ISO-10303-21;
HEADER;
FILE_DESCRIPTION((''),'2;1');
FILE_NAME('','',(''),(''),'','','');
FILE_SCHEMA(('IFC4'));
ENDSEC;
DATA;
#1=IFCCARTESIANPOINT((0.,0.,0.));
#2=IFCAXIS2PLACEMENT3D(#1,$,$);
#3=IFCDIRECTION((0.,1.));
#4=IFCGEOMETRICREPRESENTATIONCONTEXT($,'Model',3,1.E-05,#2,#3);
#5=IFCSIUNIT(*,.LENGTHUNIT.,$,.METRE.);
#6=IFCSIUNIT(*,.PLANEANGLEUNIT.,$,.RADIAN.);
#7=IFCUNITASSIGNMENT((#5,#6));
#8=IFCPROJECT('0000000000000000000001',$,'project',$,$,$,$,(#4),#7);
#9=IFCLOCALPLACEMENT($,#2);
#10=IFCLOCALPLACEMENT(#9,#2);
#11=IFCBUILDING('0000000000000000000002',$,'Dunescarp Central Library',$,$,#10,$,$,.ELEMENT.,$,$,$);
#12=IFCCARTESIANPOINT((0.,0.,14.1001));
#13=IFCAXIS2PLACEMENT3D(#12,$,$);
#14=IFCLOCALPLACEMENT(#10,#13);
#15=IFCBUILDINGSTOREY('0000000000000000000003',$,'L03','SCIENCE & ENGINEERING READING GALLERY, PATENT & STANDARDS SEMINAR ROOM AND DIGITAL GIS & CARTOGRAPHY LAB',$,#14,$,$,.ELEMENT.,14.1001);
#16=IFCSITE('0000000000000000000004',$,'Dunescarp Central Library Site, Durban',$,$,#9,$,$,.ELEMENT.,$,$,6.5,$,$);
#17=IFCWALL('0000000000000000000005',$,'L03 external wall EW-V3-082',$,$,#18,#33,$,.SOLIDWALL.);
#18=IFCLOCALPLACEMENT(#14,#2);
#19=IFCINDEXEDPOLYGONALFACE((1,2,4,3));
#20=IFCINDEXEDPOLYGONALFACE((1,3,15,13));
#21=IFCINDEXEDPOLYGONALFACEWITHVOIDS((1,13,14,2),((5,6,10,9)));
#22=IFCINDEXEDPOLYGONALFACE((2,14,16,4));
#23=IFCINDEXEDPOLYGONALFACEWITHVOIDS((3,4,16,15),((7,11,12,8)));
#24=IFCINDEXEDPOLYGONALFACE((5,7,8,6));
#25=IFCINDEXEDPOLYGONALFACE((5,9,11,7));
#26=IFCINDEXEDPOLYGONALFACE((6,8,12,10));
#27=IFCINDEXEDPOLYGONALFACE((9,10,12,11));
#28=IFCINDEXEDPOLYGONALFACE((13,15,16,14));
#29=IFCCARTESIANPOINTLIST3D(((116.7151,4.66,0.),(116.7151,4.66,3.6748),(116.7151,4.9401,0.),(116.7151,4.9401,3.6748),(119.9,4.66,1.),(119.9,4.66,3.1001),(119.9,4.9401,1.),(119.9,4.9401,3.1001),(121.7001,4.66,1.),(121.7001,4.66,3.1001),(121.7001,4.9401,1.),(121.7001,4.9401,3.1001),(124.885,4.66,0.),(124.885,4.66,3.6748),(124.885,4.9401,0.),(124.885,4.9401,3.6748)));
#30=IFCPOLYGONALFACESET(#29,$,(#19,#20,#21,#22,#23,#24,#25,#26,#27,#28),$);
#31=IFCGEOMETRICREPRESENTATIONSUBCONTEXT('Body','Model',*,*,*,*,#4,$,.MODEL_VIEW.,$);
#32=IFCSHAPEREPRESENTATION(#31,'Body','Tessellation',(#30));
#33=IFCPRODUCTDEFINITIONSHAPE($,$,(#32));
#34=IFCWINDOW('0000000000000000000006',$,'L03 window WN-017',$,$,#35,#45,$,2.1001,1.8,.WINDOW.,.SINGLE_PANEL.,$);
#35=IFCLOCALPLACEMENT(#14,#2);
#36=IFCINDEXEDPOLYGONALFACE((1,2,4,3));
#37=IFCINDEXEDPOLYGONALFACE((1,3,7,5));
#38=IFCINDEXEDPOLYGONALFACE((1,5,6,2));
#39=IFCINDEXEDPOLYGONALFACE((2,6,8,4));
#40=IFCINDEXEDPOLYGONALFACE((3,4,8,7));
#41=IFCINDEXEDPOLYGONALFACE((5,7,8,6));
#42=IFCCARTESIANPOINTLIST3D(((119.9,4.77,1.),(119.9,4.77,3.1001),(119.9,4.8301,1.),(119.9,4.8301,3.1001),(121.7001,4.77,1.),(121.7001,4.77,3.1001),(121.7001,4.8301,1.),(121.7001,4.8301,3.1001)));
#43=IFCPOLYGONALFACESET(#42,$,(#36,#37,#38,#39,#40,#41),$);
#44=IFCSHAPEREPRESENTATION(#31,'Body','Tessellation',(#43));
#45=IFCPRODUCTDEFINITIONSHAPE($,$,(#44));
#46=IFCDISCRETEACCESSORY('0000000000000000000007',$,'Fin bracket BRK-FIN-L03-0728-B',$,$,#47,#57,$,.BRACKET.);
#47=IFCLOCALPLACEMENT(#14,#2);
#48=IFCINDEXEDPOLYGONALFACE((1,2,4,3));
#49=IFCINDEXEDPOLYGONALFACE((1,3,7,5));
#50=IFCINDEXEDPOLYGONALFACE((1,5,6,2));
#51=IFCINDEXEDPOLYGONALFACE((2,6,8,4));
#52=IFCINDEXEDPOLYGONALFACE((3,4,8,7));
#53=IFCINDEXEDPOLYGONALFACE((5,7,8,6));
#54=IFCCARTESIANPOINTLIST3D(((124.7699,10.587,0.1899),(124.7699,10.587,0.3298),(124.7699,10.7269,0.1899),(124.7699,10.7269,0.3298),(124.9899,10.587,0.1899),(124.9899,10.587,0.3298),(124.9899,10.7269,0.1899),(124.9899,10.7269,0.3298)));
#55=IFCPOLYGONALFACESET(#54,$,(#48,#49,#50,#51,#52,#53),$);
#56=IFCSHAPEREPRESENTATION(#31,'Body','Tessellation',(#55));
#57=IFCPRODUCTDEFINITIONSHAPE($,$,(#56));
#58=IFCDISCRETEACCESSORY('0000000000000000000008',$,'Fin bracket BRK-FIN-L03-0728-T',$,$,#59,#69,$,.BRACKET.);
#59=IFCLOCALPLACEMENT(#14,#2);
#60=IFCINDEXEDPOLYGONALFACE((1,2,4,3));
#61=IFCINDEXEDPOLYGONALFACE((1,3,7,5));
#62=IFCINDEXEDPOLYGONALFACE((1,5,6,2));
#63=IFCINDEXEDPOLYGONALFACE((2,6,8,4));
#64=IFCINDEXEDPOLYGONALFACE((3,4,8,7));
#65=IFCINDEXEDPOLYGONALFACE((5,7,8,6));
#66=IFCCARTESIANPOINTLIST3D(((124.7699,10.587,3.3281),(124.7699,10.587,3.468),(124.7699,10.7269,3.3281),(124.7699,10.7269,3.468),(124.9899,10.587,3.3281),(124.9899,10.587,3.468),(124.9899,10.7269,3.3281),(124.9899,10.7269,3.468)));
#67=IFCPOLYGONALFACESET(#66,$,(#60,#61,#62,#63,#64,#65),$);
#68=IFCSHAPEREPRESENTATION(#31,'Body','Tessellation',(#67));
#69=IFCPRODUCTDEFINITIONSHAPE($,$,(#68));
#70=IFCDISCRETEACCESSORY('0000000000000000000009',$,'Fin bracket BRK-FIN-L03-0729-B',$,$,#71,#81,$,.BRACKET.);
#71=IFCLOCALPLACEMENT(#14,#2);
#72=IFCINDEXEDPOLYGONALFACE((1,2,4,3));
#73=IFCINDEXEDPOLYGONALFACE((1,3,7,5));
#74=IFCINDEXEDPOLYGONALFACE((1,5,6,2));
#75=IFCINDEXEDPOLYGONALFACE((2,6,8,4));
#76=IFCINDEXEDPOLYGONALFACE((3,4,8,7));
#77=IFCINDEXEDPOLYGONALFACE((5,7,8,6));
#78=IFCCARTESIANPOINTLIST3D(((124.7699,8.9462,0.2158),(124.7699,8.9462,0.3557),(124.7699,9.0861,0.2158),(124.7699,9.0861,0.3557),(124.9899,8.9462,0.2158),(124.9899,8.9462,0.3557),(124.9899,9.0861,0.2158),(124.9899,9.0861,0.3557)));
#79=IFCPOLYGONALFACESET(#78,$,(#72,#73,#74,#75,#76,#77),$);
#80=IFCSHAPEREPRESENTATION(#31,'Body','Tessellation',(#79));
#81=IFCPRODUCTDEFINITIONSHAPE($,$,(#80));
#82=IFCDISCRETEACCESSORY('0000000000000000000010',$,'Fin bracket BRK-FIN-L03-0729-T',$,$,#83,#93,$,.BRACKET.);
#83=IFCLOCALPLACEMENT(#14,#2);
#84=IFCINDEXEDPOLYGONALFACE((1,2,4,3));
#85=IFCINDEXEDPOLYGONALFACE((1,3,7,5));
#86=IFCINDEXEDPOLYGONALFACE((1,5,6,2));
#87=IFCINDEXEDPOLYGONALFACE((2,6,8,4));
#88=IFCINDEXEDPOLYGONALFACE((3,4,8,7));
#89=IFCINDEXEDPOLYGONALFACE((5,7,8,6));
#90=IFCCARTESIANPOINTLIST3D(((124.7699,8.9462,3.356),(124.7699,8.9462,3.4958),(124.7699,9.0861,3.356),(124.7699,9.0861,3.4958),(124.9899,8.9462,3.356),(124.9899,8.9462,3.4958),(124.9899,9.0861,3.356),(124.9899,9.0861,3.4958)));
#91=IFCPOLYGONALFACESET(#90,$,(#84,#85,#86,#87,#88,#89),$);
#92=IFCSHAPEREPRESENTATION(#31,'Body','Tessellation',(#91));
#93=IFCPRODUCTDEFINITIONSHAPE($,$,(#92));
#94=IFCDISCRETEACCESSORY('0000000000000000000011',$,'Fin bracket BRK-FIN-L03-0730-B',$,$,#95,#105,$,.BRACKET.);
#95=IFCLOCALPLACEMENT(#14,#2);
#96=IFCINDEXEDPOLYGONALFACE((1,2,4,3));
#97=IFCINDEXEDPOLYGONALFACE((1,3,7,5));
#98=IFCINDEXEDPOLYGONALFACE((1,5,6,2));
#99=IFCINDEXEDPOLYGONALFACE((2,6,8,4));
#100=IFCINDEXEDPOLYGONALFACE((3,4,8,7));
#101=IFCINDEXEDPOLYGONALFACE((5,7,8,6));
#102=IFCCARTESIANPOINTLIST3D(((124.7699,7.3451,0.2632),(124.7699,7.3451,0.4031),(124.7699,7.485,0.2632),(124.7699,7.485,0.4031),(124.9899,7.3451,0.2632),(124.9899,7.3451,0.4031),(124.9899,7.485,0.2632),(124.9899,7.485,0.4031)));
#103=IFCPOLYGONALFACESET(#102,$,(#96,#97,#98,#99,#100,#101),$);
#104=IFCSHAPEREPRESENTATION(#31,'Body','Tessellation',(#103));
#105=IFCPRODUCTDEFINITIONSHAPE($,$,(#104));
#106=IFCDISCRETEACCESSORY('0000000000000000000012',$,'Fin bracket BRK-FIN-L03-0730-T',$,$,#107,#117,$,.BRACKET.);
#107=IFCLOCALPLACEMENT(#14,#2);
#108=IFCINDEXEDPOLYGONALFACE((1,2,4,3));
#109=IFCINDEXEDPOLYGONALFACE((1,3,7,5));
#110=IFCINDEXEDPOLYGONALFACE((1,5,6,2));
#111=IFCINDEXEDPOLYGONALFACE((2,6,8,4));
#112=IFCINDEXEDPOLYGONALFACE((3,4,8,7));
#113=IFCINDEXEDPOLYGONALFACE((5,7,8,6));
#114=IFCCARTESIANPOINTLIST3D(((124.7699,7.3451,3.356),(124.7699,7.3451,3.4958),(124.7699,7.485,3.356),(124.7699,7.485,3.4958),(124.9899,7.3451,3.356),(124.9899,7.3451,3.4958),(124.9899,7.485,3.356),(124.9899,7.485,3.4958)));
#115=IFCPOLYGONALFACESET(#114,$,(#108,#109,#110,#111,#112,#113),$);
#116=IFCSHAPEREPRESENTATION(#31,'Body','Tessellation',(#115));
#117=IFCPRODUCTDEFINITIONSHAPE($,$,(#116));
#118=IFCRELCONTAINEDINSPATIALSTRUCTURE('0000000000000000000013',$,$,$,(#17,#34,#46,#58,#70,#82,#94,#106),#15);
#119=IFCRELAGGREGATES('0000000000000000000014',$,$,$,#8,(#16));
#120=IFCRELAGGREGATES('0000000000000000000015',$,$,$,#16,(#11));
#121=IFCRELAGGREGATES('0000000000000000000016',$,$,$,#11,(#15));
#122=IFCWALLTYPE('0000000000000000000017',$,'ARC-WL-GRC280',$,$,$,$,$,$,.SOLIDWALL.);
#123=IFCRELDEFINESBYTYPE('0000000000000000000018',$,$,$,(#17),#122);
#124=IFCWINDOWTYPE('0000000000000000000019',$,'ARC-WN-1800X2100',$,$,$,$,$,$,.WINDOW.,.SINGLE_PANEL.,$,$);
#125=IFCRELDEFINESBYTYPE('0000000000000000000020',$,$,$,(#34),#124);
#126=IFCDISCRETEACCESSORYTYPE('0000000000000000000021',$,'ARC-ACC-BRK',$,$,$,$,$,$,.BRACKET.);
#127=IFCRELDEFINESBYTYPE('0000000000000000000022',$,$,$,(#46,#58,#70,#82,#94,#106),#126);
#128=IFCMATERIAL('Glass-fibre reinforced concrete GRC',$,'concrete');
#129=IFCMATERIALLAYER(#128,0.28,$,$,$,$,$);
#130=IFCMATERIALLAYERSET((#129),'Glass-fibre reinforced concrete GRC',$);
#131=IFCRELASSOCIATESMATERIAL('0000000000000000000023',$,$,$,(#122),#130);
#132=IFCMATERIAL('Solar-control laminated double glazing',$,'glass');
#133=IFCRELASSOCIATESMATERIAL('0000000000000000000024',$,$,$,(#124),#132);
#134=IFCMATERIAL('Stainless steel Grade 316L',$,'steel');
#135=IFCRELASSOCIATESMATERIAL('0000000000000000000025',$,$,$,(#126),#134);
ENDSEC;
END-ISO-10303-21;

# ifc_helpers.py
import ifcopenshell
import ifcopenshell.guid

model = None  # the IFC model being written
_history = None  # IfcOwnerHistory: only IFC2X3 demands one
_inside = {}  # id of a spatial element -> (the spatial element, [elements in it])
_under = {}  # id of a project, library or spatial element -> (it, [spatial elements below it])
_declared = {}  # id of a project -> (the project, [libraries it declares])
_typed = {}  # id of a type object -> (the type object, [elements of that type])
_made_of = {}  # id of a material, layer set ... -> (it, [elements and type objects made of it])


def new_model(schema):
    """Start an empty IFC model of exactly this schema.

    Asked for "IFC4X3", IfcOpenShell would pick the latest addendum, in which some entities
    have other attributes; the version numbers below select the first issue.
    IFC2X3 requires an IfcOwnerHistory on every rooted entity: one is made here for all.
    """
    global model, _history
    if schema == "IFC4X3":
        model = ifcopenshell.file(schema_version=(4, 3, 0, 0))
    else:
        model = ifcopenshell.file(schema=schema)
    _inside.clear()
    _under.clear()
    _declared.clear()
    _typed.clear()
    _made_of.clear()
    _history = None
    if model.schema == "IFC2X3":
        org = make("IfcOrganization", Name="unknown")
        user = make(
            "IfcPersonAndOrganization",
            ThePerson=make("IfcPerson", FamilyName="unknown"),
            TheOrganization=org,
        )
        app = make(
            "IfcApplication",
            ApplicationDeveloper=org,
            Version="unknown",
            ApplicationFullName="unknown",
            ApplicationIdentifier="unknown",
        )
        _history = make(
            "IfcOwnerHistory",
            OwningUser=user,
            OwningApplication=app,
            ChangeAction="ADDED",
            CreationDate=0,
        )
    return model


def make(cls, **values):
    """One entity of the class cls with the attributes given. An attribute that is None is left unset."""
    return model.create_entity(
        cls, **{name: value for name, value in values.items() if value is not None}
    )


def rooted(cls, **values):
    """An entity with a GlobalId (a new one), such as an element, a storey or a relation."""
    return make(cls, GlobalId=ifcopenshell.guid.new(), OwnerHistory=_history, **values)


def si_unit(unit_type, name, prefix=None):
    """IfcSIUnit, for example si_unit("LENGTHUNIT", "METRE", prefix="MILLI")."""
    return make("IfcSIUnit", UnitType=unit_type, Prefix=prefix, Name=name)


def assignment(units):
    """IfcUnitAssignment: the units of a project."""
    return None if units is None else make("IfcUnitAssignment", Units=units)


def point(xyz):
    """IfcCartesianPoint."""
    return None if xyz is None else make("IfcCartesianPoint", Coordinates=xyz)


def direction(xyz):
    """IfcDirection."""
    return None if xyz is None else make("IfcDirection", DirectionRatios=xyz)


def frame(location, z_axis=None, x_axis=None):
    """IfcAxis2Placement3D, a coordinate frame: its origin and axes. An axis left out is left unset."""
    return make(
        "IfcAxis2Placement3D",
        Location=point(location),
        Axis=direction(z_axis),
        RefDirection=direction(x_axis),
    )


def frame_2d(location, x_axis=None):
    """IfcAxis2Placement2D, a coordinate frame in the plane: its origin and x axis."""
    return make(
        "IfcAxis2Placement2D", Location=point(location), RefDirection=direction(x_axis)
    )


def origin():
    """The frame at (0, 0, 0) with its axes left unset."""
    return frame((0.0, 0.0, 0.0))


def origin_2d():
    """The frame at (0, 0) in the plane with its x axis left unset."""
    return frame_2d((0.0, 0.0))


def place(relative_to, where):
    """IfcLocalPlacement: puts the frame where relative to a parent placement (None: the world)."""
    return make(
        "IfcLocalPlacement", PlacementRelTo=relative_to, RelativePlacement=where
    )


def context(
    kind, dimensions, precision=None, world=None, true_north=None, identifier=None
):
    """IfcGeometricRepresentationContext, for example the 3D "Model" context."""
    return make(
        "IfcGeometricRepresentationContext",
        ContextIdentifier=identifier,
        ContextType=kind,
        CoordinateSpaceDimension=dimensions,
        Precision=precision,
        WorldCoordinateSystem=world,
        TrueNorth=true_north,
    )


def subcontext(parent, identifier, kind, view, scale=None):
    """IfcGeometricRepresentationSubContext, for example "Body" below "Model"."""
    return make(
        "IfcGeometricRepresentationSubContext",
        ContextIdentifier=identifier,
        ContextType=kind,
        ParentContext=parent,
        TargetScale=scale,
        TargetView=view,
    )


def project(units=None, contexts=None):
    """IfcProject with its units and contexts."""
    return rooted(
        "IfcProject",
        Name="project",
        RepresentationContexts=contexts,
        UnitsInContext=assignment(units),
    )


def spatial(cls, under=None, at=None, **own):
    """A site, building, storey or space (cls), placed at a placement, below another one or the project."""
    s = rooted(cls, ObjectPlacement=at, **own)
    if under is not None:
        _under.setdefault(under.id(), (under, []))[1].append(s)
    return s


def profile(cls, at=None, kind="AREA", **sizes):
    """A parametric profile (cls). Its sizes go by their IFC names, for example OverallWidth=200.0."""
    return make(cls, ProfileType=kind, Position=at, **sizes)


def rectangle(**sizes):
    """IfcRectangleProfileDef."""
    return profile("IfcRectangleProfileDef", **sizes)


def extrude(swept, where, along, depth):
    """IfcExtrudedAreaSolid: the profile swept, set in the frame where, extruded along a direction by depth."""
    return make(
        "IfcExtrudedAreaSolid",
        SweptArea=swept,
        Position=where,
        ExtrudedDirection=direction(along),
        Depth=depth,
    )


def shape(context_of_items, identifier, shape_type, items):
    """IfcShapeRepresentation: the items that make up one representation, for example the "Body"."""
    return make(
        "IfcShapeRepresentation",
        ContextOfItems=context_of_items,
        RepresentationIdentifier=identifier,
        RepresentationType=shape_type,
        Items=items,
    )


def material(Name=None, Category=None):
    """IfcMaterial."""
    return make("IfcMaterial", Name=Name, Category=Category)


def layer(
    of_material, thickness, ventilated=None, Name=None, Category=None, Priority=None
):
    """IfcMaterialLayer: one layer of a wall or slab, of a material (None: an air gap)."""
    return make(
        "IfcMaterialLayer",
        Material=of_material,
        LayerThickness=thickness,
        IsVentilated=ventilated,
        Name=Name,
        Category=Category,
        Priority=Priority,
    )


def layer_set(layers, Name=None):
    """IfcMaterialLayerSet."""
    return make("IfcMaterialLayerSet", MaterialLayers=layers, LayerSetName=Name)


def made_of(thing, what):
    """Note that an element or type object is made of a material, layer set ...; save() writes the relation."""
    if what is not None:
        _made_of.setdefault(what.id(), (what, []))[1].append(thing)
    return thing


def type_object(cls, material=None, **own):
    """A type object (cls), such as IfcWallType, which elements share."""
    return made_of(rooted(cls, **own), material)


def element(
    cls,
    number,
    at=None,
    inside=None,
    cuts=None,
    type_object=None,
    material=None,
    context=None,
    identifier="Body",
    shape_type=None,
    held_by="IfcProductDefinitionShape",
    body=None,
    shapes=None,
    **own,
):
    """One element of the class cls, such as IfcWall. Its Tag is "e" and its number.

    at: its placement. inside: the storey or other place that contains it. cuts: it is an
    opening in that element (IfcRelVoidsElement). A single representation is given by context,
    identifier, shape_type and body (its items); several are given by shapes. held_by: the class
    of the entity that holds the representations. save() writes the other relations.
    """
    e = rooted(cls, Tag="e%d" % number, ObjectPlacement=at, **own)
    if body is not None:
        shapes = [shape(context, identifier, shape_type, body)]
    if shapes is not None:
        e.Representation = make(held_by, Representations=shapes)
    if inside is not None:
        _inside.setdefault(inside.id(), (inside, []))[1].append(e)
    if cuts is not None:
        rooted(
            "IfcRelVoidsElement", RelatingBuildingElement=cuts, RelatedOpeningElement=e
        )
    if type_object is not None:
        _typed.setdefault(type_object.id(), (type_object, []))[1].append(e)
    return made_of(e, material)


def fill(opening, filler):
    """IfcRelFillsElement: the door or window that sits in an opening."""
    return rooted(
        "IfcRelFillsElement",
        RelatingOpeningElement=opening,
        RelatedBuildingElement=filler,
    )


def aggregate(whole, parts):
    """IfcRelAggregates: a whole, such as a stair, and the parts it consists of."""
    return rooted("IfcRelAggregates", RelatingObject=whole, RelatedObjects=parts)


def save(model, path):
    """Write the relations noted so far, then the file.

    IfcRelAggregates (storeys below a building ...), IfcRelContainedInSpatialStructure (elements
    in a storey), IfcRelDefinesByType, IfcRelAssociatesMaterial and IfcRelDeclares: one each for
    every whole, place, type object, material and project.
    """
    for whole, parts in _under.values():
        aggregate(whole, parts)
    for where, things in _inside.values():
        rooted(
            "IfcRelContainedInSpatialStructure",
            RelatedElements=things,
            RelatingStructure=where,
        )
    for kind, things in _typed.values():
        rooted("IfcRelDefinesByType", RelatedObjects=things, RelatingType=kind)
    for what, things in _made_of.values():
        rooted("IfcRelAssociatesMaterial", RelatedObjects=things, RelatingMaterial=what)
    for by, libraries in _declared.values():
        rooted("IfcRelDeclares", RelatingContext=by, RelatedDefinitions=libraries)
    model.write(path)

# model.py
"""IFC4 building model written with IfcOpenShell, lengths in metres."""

from ifc_helpers import new_model, si_unit, direction, frame, frame_2d, origin, origin_2d, place, context, subcontext, project, spatial, rectangle, extrude, material, layer, layer_set, type_object, element, fill, save


model = new_model("IFC4")

# Units and contexts
model_context = context("Model", 3, precision=1e-05, world=origin(), true_north=direction((0.0, 1.0)))
body_context = subcontext(model_context, "Body", "Model", "MODEL_VIEW")
ifc_project = project(units=[si_unit("LENGTHUNIT", "METRE"), si_unit("PLANEANGLEUNIT", "RADIAN")], contexts=[model_context])

# Site, building, storey
site_placement = place(None, origin())
site = spatial("IfcSite", under=ifc_project, at=site_placement, Name="Dunescarp Central Library Site, Durban", CompositionType="ELEMENT", RefElevation=6.5)
building_placement = place(site_placement, origin())
building = spatial("IfcBuilding", under=site, at=building_placement, Name="Dunescarp Central Library", CompositionType="ELEMENT")
storey_placement = place(building_placement, frame((0.0, 0.0, 14.1001)))
storey = spatial("IfcBuildingStorey", under=building, at=storey_placement, Name="L03", Description="SCIENCE & ENGINEERING READING GALLERY, PATENT & STANDARDS SEMINAR ROOM AND DIGITAL GIS & CARTOGRAPHY LAB", CompositionType="ELEMENT", Elevation=14.1001)

# Shared definitions
ifc_material_1 = material(Name="Solar-control laminated double glazing", Category="glass")

# Wall, opening, window
ifc_material_2 = material(Name="Glass-fibre reinforced concrete GRC", Category="concrete")
ifc_layer_1 = layer(ifc_material_2, 0.28)
ifc_layer_set_1 = layer_set([ifc_layer_1], Name="Glass-fibre reinforced concrete GRC")
wall_type = type_object("IfcWallType", Name="ARC-WL-GRC280", PredefinedType="SOLIDWALL", material=ifc_layer_set_1)
wall_placement = place(storey_placement, frame((124.885, 4.8, 0.0), z_axis=(0.0, 0.0, 1.0), x_axis=(-1.0, 0.0, 0.0)))
wall = element("IfcWall", 1, at=wall_placement, inside=storey, type_object=wall_type, Name="L03 external wall EW-V3-082", PredefinedType="SOLIDWALL", context=body_context, shape_type="SweptSolid", body=[
    extrude(rectangle(XDim=8.1699, YDim=0.28, at=frame_2d((4.085, 0.0))), origin(), (0.0, 0.0, 1.0), 3.6748),
])
opening_placement = place(wall_placement, frame((3.1851, 0.0, 1.0)))
opening = element("IfcOpeningElement", 2, at=opening_placement, cuts=wall, PredefinedType="OPENING", context=body_context, shape_type="SweptSolid", body=[
    extrude(rectangle(XDim=1.8, YDim=2.1001, at=frame_2d((0.8999, 1.05))), frame((0.0, 0.1499, 0.0), z_axis=(0.0, -1.0, 0.0), x_axis=(1.0, 0.0, 0.0)), (0.0, 0.0, 1.0), 0.3),
])
window_type = type_object("IfcWindowType", Name="ARC-WN-1800X2100", PartitioningType="SINGLE_PANEL", PredefinedType="WINDOW", material=ifc_material_1)
window_placement = place(opening_placement, origin())
window = element("IfcWindow", 3, at=window_placement, inside=storey, type_object=window_type, Name="L03 window WN-017", OverallHeight=2.1001, OverallWidth=1.8, PartitioningType="SINGLE_PANEL", PredefinedType="WINDOW", context=body_context, shape_type="SweptSolid", body=[
    extrude(rectangle(XDim=1.8, YDim=2.1001, at=frame_2d((0.8999, 1.05))), frame((0.0, 0.03, 0.0), z_axis=(0.0, -1.0, 0.0), x_axis=(1.0, 0.0, 0.0)), (0.0, 0.0, 1.0), 0.0601),
])
fill(opening, window)

# Discrete accessories
ifc_material_3 = material(Name="Stainless steel Grade 316L", Category="steel")
discrete_accessory_type = type_object("IfcDiscreteAccessoryType", Name="ARC-ACC-BRK", PredefinedType="BRACKET", material=ifc_material_3)
for number, where, z_axis, x_axis, name in (
    (4, (124.8799, 10.657, 0.1899), (0.0, 0.0, 1.0), (1.0, 0.0, 0.0), "Fin bracket BRK-FIN-L03-0728-B"),
    (5, (124.8799, 10.657, 3.3281), (0.0, 0.0, 1.0), (1.0, 0.0, 0.0), "Fin bracket BRK-FIN-L03-0728-T"),
    (6, (124.8799, 9.0161, 0.2158), (0.0, 0.0, 1.0), (1.0, 0.0, 0.0), "Fin bracket BRK-FIN-L03-0729-B"),
    (7, (124.8799, 9.0161, 3.356), (0.0, 0.0, 1.0), (1.0, 0.0, 0.0), "Fin bracket BRK-FIN-L03-0729-T"),
    (8, (124.8799, 7.415, 0.2632), (0.0, 0.0, 1.0), (1.0, 0.0, 0.0), "Fin bracket BRK-FIN-L03-0730-B"),
    (9, (124.8799, 7.415, 3.356), (0.0, 0.0, 1.0), (1.0, 0.0, 0.0), "Fin bracket BRK-FIN-L03-0730-T"),
):
    element("IfcDiscreteAccessory", number, at=place(storey_placement, frame(where, z_axis=z_axis, x_axis=x_axis)), inside=storey, type_object=discrete_accessory_type, Name=name, PredefinedType="BRACKET", context=body_context, shape_type="SweptSolid", body=[
        extrude(rectangle(XDim=0.22, YDim=0.1399, at=origin_2d()), origin(), (0.0, 0.0, 1.0), 0.1399),
    ])

save(model, "model.ifc")
